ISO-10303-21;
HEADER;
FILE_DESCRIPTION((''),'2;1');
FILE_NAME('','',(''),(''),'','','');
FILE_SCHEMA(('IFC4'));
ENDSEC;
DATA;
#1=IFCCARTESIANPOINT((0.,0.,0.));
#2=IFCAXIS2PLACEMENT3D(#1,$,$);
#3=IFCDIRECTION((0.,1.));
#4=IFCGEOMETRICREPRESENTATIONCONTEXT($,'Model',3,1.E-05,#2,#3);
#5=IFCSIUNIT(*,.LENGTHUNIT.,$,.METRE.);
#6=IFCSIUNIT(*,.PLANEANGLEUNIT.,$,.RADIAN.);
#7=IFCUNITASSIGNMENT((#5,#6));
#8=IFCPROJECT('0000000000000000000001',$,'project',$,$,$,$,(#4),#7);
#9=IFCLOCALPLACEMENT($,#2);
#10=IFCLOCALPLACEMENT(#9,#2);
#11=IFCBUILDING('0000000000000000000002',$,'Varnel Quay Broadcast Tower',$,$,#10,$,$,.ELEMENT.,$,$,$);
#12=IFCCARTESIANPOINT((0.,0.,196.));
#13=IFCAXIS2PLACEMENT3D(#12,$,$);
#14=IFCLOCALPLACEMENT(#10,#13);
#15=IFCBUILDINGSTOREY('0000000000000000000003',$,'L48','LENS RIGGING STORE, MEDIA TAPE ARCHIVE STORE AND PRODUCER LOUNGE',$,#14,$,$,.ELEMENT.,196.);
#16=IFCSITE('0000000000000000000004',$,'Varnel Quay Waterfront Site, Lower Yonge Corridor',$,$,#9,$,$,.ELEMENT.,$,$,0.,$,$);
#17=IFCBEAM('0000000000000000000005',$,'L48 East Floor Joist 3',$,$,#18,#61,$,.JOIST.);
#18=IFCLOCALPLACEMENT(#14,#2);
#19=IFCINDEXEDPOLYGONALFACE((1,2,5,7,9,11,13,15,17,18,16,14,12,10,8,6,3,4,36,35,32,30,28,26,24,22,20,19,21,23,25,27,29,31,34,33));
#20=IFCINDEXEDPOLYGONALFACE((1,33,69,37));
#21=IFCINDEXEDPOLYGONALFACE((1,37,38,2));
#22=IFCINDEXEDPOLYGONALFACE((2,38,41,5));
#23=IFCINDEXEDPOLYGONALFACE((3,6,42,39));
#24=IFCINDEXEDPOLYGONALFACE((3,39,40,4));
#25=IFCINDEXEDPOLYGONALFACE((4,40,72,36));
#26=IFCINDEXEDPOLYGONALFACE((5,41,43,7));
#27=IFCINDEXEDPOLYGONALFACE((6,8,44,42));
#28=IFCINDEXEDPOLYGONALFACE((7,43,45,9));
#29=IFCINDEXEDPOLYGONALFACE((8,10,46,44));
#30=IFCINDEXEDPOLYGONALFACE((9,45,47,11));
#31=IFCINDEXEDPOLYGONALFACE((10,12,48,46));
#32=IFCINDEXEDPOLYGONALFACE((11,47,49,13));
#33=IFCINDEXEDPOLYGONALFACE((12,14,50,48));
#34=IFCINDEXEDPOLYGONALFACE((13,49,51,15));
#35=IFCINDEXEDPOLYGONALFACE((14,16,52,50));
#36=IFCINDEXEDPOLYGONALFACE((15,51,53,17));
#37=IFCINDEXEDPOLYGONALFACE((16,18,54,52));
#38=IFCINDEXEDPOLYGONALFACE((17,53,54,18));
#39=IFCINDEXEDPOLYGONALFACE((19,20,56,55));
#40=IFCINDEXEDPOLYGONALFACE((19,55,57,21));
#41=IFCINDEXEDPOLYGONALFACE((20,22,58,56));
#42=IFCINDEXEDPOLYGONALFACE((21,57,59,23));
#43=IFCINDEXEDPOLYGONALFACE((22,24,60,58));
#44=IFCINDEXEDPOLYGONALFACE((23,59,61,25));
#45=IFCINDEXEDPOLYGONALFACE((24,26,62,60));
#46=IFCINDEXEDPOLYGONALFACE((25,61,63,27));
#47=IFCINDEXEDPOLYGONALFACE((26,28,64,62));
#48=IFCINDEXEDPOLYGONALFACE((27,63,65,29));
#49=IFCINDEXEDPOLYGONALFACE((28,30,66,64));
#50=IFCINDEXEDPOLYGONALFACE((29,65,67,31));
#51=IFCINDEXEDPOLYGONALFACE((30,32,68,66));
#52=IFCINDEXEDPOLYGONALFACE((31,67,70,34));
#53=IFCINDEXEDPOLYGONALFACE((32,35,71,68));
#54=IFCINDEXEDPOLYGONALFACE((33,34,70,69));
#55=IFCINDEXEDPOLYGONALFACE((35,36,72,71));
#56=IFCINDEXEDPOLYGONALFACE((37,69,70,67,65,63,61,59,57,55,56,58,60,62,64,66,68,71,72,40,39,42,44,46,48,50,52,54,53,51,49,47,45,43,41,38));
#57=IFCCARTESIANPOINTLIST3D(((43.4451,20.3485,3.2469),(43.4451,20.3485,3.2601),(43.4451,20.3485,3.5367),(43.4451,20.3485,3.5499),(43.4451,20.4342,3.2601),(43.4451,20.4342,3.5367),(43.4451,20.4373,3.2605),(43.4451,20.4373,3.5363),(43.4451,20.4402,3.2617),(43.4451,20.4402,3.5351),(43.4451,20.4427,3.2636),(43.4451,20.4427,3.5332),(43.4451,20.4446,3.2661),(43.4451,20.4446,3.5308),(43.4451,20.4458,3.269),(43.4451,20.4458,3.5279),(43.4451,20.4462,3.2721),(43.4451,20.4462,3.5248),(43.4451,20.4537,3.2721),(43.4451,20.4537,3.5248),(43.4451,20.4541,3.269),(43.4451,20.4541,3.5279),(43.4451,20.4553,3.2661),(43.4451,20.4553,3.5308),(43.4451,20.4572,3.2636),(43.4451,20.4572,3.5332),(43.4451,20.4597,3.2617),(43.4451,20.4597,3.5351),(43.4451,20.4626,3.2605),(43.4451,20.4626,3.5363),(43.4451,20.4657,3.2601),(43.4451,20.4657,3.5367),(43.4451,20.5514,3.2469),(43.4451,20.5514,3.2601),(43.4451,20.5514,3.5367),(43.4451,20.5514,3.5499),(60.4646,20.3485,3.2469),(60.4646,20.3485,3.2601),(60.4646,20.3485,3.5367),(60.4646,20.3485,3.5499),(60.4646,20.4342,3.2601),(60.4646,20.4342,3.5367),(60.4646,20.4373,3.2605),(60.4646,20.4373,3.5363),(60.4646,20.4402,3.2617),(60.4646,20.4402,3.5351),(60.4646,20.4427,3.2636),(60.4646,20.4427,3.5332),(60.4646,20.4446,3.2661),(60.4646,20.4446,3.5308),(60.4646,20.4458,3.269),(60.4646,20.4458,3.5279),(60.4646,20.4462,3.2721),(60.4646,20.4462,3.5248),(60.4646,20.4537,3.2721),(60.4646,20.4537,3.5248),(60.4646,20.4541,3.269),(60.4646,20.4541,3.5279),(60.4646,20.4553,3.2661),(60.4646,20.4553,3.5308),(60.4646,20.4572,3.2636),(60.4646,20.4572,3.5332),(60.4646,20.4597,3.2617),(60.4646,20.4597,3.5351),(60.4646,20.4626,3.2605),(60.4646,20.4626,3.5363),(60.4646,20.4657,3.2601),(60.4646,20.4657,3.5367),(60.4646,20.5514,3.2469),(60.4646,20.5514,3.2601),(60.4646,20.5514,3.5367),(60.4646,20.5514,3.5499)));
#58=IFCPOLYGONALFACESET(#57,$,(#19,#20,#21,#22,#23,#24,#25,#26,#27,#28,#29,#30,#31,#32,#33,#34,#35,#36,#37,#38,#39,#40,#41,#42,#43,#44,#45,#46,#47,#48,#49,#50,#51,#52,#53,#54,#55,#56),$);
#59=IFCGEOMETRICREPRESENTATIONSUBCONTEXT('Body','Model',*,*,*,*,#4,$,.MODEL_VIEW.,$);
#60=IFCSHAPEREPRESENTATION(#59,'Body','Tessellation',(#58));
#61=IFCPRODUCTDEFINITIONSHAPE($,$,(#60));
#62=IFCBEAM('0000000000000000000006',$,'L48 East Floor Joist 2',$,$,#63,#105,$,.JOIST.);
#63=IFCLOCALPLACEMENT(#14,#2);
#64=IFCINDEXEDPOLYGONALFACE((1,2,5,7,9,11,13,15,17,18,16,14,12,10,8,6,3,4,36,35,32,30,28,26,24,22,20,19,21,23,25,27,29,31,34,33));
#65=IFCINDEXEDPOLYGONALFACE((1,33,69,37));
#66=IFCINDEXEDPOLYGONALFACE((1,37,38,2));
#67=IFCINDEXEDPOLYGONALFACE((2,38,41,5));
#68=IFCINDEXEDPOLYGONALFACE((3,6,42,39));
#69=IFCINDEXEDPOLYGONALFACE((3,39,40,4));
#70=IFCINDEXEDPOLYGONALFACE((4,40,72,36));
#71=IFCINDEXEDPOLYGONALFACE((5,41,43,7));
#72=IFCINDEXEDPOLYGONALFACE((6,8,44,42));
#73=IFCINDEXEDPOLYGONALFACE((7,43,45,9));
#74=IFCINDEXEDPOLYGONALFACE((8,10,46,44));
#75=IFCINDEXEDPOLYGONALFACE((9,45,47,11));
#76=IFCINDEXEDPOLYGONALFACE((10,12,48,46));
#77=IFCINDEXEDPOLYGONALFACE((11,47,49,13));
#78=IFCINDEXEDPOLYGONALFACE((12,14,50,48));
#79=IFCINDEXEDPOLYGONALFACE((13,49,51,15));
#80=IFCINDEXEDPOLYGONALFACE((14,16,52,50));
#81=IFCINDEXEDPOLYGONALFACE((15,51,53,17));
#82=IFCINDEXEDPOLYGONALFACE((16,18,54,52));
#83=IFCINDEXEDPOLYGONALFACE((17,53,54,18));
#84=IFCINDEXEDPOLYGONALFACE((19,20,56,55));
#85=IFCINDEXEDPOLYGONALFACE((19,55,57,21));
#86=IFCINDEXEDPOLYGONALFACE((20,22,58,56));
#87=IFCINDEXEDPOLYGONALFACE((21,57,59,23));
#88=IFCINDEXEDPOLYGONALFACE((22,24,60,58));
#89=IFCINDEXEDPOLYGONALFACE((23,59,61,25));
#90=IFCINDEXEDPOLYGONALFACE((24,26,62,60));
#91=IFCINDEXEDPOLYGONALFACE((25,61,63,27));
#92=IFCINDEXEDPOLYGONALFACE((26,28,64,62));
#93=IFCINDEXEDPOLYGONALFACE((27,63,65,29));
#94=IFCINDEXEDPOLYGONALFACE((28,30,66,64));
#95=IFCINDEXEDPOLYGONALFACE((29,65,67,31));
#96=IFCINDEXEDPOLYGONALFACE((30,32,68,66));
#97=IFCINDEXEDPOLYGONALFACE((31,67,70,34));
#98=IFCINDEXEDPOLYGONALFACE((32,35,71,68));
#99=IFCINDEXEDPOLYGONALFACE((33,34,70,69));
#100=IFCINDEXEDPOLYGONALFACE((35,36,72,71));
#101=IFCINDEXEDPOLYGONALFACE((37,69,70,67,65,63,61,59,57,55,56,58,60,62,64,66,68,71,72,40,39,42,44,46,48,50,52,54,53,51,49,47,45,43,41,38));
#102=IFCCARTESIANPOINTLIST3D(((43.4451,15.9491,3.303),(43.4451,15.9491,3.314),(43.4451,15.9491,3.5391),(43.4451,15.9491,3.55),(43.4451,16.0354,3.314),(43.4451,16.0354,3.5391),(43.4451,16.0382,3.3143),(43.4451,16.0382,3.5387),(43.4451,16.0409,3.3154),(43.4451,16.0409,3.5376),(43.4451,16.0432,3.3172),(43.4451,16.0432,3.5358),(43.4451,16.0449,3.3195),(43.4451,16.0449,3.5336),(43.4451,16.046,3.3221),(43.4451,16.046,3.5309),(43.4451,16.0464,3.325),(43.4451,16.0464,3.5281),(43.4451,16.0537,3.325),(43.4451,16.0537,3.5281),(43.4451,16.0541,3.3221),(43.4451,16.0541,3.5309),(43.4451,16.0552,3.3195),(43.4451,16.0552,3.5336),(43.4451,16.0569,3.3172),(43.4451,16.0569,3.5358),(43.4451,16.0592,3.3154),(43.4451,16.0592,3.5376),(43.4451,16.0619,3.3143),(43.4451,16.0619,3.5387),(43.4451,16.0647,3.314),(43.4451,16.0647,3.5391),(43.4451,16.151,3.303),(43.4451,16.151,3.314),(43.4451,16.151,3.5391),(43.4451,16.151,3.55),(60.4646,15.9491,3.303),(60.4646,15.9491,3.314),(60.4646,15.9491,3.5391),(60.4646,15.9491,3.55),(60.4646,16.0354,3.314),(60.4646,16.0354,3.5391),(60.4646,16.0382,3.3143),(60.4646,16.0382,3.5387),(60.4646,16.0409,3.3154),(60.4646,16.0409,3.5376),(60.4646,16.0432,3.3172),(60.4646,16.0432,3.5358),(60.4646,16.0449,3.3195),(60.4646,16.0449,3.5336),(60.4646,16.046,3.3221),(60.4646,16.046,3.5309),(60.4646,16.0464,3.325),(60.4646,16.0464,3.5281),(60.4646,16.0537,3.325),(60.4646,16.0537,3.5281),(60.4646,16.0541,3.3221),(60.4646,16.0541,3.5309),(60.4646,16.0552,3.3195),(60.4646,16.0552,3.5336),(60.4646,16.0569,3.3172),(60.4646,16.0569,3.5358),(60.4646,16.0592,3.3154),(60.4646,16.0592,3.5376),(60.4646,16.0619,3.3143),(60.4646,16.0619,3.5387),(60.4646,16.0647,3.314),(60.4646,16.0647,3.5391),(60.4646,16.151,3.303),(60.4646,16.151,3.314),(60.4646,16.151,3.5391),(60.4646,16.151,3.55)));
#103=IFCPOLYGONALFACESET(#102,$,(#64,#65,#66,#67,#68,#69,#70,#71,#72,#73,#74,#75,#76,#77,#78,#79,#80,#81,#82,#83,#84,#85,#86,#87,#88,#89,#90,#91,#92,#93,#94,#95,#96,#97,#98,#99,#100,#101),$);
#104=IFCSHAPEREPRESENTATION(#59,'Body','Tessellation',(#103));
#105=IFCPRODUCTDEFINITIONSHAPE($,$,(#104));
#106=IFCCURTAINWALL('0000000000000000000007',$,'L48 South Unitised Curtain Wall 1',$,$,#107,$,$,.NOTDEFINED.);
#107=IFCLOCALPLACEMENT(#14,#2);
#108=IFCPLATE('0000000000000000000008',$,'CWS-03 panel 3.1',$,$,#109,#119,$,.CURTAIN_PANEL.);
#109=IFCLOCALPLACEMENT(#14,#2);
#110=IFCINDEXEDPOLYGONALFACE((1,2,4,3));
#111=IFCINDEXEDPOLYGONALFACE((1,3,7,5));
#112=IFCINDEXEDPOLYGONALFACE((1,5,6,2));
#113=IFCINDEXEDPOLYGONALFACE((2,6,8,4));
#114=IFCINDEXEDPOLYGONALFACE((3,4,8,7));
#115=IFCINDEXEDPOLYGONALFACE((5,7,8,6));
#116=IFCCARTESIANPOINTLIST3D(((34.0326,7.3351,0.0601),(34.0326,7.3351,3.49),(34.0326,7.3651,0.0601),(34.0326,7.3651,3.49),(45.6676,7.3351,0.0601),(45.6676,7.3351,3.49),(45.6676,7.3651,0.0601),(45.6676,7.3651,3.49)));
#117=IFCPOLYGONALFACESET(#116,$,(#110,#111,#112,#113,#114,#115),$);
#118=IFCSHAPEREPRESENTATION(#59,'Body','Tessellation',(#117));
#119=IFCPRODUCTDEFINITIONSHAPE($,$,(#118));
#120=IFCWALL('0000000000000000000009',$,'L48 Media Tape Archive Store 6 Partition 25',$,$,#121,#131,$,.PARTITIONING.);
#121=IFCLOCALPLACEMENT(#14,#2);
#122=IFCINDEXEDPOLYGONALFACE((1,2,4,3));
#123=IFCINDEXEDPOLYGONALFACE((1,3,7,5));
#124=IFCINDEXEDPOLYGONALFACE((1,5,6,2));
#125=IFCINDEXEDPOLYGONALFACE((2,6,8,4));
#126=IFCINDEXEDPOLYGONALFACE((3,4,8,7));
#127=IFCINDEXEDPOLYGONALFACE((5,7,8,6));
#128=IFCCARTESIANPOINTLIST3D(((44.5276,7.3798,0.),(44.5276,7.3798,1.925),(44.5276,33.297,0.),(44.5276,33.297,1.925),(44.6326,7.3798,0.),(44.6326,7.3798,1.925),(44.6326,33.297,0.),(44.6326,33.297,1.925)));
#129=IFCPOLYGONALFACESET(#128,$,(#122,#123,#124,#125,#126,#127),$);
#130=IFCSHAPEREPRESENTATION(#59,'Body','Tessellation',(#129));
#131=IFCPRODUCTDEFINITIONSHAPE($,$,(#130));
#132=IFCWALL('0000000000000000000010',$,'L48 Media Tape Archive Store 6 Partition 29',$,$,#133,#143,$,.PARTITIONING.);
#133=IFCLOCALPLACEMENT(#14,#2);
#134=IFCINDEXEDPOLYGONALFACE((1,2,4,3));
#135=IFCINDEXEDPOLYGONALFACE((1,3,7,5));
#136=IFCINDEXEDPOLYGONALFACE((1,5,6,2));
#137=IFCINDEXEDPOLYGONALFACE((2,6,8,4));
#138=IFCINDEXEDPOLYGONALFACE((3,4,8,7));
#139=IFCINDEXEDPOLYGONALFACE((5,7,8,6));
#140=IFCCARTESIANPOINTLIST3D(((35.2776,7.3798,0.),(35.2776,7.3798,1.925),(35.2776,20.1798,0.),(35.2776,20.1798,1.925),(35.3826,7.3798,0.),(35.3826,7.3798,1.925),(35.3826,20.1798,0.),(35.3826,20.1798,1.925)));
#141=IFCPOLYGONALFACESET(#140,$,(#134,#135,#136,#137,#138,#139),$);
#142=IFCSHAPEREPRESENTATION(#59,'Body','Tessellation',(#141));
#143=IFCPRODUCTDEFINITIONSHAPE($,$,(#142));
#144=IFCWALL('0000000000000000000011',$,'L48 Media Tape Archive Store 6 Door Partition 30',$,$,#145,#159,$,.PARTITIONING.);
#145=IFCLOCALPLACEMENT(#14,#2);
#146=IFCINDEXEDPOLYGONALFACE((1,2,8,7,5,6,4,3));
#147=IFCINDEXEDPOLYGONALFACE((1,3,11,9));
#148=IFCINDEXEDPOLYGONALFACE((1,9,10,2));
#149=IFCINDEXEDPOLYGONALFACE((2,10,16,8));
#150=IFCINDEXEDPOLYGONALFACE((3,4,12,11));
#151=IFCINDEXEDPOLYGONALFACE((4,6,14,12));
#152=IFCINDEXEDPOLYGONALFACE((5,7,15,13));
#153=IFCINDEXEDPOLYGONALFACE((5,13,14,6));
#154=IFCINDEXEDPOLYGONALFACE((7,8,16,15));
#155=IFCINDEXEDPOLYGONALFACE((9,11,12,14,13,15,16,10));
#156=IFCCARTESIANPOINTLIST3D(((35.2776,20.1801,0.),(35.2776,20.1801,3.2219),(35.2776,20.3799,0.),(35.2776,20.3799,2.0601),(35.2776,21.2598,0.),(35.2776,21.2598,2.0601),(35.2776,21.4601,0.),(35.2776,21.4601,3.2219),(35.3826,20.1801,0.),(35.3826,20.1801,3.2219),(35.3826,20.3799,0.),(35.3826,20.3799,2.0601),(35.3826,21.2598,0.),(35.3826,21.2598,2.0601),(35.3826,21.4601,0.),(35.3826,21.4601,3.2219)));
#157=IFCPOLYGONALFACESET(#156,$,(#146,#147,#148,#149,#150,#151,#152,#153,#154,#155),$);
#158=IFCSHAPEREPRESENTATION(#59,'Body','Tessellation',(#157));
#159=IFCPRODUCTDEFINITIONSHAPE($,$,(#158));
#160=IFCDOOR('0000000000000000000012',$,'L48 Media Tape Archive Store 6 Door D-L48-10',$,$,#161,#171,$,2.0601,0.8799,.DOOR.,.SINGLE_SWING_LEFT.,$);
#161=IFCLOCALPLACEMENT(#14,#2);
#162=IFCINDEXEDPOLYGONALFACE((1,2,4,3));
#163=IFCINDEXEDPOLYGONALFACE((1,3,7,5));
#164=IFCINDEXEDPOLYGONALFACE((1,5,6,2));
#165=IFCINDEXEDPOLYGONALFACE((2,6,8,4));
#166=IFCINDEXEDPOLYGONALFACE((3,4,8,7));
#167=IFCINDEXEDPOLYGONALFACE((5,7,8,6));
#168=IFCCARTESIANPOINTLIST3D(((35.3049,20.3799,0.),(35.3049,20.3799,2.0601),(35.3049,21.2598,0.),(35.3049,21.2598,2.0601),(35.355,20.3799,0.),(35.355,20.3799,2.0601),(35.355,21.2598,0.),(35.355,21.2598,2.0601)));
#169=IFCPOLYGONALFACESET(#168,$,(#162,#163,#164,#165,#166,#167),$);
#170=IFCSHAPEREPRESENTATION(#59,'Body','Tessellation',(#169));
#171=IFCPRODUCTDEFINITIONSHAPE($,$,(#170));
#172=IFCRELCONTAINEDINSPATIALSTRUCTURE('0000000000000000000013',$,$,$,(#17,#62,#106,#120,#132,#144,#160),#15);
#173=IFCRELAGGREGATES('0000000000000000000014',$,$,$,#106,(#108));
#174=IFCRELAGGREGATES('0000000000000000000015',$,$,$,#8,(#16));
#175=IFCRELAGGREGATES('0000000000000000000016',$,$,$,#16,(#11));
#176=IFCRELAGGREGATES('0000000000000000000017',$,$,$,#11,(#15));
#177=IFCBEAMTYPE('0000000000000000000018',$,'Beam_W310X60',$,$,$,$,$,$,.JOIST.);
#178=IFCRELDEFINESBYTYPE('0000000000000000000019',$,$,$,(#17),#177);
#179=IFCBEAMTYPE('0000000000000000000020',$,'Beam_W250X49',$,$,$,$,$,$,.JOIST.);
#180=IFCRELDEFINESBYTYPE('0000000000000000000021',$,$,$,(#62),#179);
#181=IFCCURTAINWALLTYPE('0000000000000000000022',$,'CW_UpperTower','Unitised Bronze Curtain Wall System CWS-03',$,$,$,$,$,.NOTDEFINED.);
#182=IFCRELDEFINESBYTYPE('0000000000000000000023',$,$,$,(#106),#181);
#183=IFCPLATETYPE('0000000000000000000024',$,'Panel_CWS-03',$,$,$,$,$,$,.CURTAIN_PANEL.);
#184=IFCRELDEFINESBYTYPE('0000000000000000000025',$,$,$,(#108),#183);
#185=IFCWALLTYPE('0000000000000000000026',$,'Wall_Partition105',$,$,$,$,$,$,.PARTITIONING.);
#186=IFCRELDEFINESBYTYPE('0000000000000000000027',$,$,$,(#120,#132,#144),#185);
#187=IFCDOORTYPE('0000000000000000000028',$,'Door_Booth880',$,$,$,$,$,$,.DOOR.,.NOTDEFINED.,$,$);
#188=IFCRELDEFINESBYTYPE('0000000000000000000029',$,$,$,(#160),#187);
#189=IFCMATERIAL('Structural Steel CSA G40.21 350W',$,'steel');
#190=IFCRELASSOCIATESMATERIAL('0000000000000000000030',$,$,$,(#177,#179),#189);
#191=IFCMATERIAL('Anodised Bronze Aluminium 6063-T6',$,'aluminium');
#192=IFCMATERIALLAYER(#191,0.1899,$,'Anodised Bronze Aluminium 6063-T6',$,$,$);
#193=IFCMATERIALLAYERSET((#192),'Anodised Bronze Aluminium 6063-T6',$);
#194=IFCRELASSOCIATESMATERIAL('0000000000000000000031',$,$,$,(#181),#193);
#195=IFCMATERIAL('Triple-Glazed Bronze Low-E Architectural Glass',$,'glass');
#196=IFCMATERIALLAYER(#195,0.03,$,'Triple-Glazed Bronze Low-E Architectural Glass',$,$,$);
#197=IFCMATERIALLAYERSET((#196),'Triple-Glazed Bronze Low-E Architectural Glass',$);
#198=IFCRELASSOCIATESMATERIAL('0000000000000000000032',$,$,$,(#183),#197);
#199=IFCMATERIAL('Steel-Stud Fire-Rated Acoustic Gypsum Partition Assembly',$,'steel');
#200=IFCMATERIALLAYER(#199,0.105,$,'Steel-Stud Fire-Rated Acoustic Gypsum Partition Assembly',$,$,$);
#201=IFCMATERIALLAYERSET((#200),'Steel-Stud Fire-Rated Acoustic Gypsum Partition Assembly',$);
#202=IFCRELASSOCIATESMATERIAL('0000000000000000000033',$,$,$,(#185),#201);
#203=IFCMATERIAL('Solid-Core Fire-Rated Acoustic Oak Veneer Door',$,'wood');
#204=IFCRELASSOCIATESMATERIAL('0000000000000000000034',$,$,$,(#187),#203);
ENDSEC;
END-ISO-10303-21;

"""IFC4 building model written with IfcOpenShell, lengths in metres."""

from ifc_helpers import new_model, si_unit, direction, frame, frame_2d, origin, origin_2d, place, context, subcontext, project, spatial, rectangle, i_section, extrude, source, transform, mapped, material, layer, layer_set, material_profile, profile_set, type_object, type_shapes, element, fill, aggregate, save


model = new_model("IFC4")

# Units and contexts
model_context = context("Model", 3, precision=1e-05, world=origin(), true_north=direction((0.0, 1.0)))
body_context = subcontext(model_context, "Body", "Model", "MODEL_VIEW")
ifc_project = project(units=[si_unit("LENGTHUNIT", "METRE"), si_unit("PLANEANGLEUNIT", "RADIAN")], contexts=[model_context])

# Site, building, storey
site_placement = place(None, origin())
site = spatial("IfcSite", under=ifc_project, at=site_placement, Name="Varnel Quay Waterfront Site, Lower Yonge Corridor", CompositionType="ELEMENT", RefElevation=0.0)
building_placement = place(site_placement, origin())
building = spatial("IfcBuilding", under=site, at=building_placement, Name="Varnel Quay Broadcast Tower", CompositionType="ELEMENT")
storey_placement = place(building_placement, frame((0.0, 0.0, 196.0)))
storey = spatial("IfcBuildingStorey", under=building, at=storey_placement, Name="L48", Description="LENS RIGGING STORE, MEDIA TAPE ARCHIVE STORE AND PRODUCER LOUNGE", CompositionType="ELEMENT", Elevation=196.0)

# Shared definitions
ifc_material_1 = material(Name="Structural Steel CSA G40.21 350W", Category="steel")

# Beams
ifc_material_profile_1 = material_profile(ifc_material_1, i_section(OverallWidth=0.2029, OverallDepth=0.303, WebThickness=0.0076, FlangeThickness=0.0132, FilletRadius=0.012, at=origin_2d()), Name="W310X60")
ifc_profile_set_1 = profile_set([ifc_material_profile_1], Name="Structural Steel CSA G40.21 350W")
beam_type_1 = type_object("IfcBeamType", Name="Beam_W310X60", PredefinedType="JOIST", material=ifc_profile_set_1)
shared_shape_1 = source(origin(), body_context, "Body", "SweptSolid", [
    extrude(i_section(OverallWidth=0.2029, OverallDepth=0.303, WebThickness=0.0076, FlangeThickness=0.0132, FilletRadius=0.012, at=origin_2d()), origin(), (0.0, 0.0, 1.0), 17.0195),
])
type_shapes(beam_type_1, [shared_shape_1])
for number, where, z_axis, x_axis, name in (
    (1, (43.4451, 20.45, 3.3984), (1.0, 0.0, 0.0), (0.0, 1.0, 0.0), "L48 East Floor Joist 3"),
):
    element("IfcBeam", number, at=place(storey_placement, frame(where, z_axis=z_axis, x_axis=x_axis)), inside=storey, type_object=beam_type_1, Name=name, PredefinedType="JOIST", context=body_context, shape_type="MappedRepresentation", body=[
        mapped(shared_shape_1, transform((0.0, 0.0, 0.0), x_axis=(1.0, 0.0, 0.0), y_axis=(0.0, 1.0, 0.0), z_axis=(0.0, 0.0, 1.0), scale=1.0)),
    ])
ifc_material_profile_2 = material_profile(ifc_material_1, i_section(OverallWidth=0.2019, OverallDepth=0.2471, WebThickness=0.0073, FlangeThickness=0.011, FilletRadius=0.011, at=origin_2d()), Name="W250X49")
ifc_profile_set_2 = profile_set([ifc_material_profile_2], Name="Structural Steel CSA G40.21 350W")
beam_type_2 = type_object("IfcBeamType", Name="Beam_W250X49", PredefinedType="JOIST", material=ifc_profile_set_2)
shared_shape_2 = source(origin(), body_context, "Body", "SweptSolid", [
    extrude(i_section(OverallWidth=0.2019, OverallDepth=0.2471, WebThickness=0.0073, FlangeThickness=0.011, FilletRadius=0.011, at=origin_2d()), origin(), (0.0, 0.0, 1.0), 17.0195),
])
type_shapes(beam_type_2, [shared_shape_2])
beam_1_placement = place(storey_placement, frame((43.4451, 16.05, 3.4265), z_axis=(1.0, 0.0, 0.0), x_axis=(0.0, 1.0, 0.0)))
element("IfcBeam", 2, at=beam_1_placement, inside=storey, type_object=beam_type_2, Name="L48 East Floor Joist 2", PredefinedType="JOIST", context=body_context, shape_type="MappedRepresentation", body=[
    mapped(shared_shape_2, transform((0.0, 0.0, 0.0), x_axis=(1.0, 0.0, 0.0), y_axis=(0.0, 1.0, 0.0), z_axis=(0.0, 0.0, 1.0), scale=1.0)),
])

# Curtain wall, plate
ifc_material_2 = material(Name="Anodised Bronze Aluminium 6063-T6", Category="aluminium")
ifc_layer_1 = layer(ifc_material_2, 0.1899, Name="Anodised Bronze Aluminium 6063-T6")
ifc_layer_set_1 = layer_set([ifc_layer_1], Name="Anodised Bronze Aluminium 6063-T6")
curtain_wall_type = type_object("IfcCurtainWallType", Name="CW_UpperTower", Description="Unitised Bronze Curtain Wall System CWS-03", PredefinedType="NOTDEFINED", material=ifc_layer_set_1)
curtain_wall_placement = place(storey_placement, origin())
curtain_wall = element("IfcCurtainWall", 3, at=curtain_wall_placement, inside=storey, type_object=curtain_wall_type, Name="L48 South Unitised Curtain Wall 1", PredefinedType="NOTDEFINED")
ifc_material_3 = material(Name="Triple-Glazed Bronze Low-E Architectural Glass", Category="glass")
ifc_layer_2 = layer(ifc_material_3, 0.03, Name="Triple-Glazed Bronze Low-E Architectural Glass")
ifc_layer_set_2 = layer_set([ifc_layer_2], Name="Triple-Glazed Bronze Low-E Architectural Glass")
plate_type = type_object("IfcPlateType", Name="Panel_CWS-03", PredefinedType="CURTAIN_PANEL", material=ifc_layer_set_2)
shared_shape_3 = source(origin(), body_context, "Body", "SweptSolid", [
    extrude(rectangle(XDim=11.635, YDim=0.03, at=origin_2d()), origin(), (0.0, 0.0, 1.0), 3.4299),
])
type_shapes(plate_type, [shared_shape_3])
plate_placement = place(storey_placement, frame((39.8501, 7.3501, 0.0601), z_axis=(0.0, 0.0, 1.0), x_axis=(1.0, 0.0, 0.0)))
plate = element("IfcPlate", 4, at=plate_placement, type_object=plate_type, Name="CWS-03 panel 3.1", PredefinedType="CURTAIN_PANEL", context=body_context, shape_type="MappedRepresentation", body=[
    mapped(shared_shape_3, transform((0.0, 0.0, 0.0), x_axis=(1.0, 0.0, 0.0), y_axis=(0.0, 1.0, 0.0), z_axis=(0.0, 0.0, 1.0), scale=1.0)),
])
aggregate(curtain_wall, [plate])

# Walls
ifc_material_4 = material(Name="Steel-Stud Fire-Rated Acoustic Gypsum Partition Assembly", Category="steel")
ifc_layer_3 = layer(ifc_material_4, 0.105, Name="Steel-Stud Fire-Rated Acoustic Gypsum Partition Assembly")
ifc_layer_set_3 = layer_set([ifc_layer_3], Name="Steel-Stud Fire-Rated Acoustic Gypsum Partition Assembly")
wall_type = type_object("IfcWallType", Name="Wall_Partition105", PredefinedType="PARTITIONING", material=ifc_layer_set_3)
wall_1_placement = place(storey_placement, frame((44.5801, 7.3799, 0.0), z_axis=(0.0, 0.0, 1.0), x_axis=(0.0, 1.0, 0.0)))
element("IfcWall", 5, at=wall_1_placement, inside=storey, type_object=wall_type, Name="L48 Media Tape Archive Store 6 Partition 25", PredefinedType="PARTITIONING", context=body_context, shape_type="SweptSolid", body=[
    extrude(rectangle(XDim=25.9172, YDim=0.105, at=frame_2d((12.9585, 0.0))), origin(), (0.0, 0.0, 1.0), 1.925),
])
wall_2_placement = place(storey_placement, frame((35.3301, 7.3799, 0.0), z_axis=(0.0, 0.0, 1.0), x_axis=(0.0, 1.0, 0.0)))
element("IfcWall", 6, at=wall_2_placement, inside=storey, type_object=wall_type, Name="L48 Media Tape Archive Store 6 Partition 29", PredefinedType="PARTITIONING", context=body_context, shape_type="SweptSolid", body=[
    extrude(rectangle(XDim=12.8, YDim=0.105, at=frame_2d((6.3999, 0.0))), origin(), (0.0, 0.0, 1.0), 1.925),
])

# Wall, opening, door
wall_3_placement = place(storey_placement, frame((35.3301, 20.1799, 0.0), z_axis=(0.0, 0.0, 1.0), x_axis=(0.0, 1.0, 0.0)))
wall_3 = element("IfcWall", 7, at=wall_3_placement, inside=storey, type_object=wall_type, Name="L48 Media Tape Archive Store 6 Door Partition 30", PredefinedType="PARTITIONING", context=body_context, shape_type="SweptSolid", body=[
    extrude(rectangle(XDim=1.28, YDim=0.105, at=frame_2d((0.6401, 0.0))), origin(), (0.0, 0.0, 1.0), 3.2219),
])
opening_placement = place(wall_3_placement, frame((0.2, 0.0, 0.0)))
opening = element("IfcOpeningElement", 8, at=opening_placement, cuts=wall_3, PredefinedType="OPENING", context=body_context, shape_type="SweptSolid", body=[
    extrude(rectangle(XDim=0.8799, YDim=2.0601, at=frame_2d((0.4399, 1.03))), frame((0.0, 0.0625, 0.0), z_axis=(0.0, -1.0, 0.0), x_axis=(1.0, 0.0, 0.0)), (0.0, 0.0, 1.0), 0.125),
])
ifc_material_5 = material(Name="Solid-Core Fire-Rated Acoustic Oak Veneer Door", Category="wood")
door_type = type_object("IfcDoorType", Name="Door_Booth880", OperationType="NOTDEFINED", PredefinedType="DOOR", material=ifc_material_5)
shared_shape_4 = source(origin(), body_context, "Body", "SweptSolid", [
    extrude(rectangle(XDim=0.8799, YDim=2.0601, at=frame_2d((0.4399, 1.03))), frame((0.0, 0.0249, 0.0), z_axis=(0.0, -1.0, 0.0), x_axis=(1.0, 0.0, 0.0)), (0.0, 0.0, 1.0), 0.05),
])
type_shapes(door_type, [shared_shape_4])
door_placement = place(opening_placement, frame((0.8799, 0.0, 0.0), z_axis=(0.0, 0.0, 1.0), x_axis=(-1.0, 0.0, 0.0)))
door = element("IfcDoor", 9, at=door_placement, inside=storey, type_object=door_type, Name="L48 Media Tape Archive Store 6 Door D-L48-10", OperationType="SINGLE_SWING_LEFT", OverallHeight=2.0601, OverallWidth=0.8799, PredefinedType="DOOR", context=body_context, shape_type="MappedRepresentation", body=[
    mapped(shared_shape_4, transform((0.0, 0.0, 0.0), x_axis=(1.0, 0.0, 0.0), y_axis=(0.0, 1.0, 0.0), z_axis=(0.0, 0.0, 1.0), scale=1.0)),
])
fill(opening, door)

save(model, "model.ifc")
